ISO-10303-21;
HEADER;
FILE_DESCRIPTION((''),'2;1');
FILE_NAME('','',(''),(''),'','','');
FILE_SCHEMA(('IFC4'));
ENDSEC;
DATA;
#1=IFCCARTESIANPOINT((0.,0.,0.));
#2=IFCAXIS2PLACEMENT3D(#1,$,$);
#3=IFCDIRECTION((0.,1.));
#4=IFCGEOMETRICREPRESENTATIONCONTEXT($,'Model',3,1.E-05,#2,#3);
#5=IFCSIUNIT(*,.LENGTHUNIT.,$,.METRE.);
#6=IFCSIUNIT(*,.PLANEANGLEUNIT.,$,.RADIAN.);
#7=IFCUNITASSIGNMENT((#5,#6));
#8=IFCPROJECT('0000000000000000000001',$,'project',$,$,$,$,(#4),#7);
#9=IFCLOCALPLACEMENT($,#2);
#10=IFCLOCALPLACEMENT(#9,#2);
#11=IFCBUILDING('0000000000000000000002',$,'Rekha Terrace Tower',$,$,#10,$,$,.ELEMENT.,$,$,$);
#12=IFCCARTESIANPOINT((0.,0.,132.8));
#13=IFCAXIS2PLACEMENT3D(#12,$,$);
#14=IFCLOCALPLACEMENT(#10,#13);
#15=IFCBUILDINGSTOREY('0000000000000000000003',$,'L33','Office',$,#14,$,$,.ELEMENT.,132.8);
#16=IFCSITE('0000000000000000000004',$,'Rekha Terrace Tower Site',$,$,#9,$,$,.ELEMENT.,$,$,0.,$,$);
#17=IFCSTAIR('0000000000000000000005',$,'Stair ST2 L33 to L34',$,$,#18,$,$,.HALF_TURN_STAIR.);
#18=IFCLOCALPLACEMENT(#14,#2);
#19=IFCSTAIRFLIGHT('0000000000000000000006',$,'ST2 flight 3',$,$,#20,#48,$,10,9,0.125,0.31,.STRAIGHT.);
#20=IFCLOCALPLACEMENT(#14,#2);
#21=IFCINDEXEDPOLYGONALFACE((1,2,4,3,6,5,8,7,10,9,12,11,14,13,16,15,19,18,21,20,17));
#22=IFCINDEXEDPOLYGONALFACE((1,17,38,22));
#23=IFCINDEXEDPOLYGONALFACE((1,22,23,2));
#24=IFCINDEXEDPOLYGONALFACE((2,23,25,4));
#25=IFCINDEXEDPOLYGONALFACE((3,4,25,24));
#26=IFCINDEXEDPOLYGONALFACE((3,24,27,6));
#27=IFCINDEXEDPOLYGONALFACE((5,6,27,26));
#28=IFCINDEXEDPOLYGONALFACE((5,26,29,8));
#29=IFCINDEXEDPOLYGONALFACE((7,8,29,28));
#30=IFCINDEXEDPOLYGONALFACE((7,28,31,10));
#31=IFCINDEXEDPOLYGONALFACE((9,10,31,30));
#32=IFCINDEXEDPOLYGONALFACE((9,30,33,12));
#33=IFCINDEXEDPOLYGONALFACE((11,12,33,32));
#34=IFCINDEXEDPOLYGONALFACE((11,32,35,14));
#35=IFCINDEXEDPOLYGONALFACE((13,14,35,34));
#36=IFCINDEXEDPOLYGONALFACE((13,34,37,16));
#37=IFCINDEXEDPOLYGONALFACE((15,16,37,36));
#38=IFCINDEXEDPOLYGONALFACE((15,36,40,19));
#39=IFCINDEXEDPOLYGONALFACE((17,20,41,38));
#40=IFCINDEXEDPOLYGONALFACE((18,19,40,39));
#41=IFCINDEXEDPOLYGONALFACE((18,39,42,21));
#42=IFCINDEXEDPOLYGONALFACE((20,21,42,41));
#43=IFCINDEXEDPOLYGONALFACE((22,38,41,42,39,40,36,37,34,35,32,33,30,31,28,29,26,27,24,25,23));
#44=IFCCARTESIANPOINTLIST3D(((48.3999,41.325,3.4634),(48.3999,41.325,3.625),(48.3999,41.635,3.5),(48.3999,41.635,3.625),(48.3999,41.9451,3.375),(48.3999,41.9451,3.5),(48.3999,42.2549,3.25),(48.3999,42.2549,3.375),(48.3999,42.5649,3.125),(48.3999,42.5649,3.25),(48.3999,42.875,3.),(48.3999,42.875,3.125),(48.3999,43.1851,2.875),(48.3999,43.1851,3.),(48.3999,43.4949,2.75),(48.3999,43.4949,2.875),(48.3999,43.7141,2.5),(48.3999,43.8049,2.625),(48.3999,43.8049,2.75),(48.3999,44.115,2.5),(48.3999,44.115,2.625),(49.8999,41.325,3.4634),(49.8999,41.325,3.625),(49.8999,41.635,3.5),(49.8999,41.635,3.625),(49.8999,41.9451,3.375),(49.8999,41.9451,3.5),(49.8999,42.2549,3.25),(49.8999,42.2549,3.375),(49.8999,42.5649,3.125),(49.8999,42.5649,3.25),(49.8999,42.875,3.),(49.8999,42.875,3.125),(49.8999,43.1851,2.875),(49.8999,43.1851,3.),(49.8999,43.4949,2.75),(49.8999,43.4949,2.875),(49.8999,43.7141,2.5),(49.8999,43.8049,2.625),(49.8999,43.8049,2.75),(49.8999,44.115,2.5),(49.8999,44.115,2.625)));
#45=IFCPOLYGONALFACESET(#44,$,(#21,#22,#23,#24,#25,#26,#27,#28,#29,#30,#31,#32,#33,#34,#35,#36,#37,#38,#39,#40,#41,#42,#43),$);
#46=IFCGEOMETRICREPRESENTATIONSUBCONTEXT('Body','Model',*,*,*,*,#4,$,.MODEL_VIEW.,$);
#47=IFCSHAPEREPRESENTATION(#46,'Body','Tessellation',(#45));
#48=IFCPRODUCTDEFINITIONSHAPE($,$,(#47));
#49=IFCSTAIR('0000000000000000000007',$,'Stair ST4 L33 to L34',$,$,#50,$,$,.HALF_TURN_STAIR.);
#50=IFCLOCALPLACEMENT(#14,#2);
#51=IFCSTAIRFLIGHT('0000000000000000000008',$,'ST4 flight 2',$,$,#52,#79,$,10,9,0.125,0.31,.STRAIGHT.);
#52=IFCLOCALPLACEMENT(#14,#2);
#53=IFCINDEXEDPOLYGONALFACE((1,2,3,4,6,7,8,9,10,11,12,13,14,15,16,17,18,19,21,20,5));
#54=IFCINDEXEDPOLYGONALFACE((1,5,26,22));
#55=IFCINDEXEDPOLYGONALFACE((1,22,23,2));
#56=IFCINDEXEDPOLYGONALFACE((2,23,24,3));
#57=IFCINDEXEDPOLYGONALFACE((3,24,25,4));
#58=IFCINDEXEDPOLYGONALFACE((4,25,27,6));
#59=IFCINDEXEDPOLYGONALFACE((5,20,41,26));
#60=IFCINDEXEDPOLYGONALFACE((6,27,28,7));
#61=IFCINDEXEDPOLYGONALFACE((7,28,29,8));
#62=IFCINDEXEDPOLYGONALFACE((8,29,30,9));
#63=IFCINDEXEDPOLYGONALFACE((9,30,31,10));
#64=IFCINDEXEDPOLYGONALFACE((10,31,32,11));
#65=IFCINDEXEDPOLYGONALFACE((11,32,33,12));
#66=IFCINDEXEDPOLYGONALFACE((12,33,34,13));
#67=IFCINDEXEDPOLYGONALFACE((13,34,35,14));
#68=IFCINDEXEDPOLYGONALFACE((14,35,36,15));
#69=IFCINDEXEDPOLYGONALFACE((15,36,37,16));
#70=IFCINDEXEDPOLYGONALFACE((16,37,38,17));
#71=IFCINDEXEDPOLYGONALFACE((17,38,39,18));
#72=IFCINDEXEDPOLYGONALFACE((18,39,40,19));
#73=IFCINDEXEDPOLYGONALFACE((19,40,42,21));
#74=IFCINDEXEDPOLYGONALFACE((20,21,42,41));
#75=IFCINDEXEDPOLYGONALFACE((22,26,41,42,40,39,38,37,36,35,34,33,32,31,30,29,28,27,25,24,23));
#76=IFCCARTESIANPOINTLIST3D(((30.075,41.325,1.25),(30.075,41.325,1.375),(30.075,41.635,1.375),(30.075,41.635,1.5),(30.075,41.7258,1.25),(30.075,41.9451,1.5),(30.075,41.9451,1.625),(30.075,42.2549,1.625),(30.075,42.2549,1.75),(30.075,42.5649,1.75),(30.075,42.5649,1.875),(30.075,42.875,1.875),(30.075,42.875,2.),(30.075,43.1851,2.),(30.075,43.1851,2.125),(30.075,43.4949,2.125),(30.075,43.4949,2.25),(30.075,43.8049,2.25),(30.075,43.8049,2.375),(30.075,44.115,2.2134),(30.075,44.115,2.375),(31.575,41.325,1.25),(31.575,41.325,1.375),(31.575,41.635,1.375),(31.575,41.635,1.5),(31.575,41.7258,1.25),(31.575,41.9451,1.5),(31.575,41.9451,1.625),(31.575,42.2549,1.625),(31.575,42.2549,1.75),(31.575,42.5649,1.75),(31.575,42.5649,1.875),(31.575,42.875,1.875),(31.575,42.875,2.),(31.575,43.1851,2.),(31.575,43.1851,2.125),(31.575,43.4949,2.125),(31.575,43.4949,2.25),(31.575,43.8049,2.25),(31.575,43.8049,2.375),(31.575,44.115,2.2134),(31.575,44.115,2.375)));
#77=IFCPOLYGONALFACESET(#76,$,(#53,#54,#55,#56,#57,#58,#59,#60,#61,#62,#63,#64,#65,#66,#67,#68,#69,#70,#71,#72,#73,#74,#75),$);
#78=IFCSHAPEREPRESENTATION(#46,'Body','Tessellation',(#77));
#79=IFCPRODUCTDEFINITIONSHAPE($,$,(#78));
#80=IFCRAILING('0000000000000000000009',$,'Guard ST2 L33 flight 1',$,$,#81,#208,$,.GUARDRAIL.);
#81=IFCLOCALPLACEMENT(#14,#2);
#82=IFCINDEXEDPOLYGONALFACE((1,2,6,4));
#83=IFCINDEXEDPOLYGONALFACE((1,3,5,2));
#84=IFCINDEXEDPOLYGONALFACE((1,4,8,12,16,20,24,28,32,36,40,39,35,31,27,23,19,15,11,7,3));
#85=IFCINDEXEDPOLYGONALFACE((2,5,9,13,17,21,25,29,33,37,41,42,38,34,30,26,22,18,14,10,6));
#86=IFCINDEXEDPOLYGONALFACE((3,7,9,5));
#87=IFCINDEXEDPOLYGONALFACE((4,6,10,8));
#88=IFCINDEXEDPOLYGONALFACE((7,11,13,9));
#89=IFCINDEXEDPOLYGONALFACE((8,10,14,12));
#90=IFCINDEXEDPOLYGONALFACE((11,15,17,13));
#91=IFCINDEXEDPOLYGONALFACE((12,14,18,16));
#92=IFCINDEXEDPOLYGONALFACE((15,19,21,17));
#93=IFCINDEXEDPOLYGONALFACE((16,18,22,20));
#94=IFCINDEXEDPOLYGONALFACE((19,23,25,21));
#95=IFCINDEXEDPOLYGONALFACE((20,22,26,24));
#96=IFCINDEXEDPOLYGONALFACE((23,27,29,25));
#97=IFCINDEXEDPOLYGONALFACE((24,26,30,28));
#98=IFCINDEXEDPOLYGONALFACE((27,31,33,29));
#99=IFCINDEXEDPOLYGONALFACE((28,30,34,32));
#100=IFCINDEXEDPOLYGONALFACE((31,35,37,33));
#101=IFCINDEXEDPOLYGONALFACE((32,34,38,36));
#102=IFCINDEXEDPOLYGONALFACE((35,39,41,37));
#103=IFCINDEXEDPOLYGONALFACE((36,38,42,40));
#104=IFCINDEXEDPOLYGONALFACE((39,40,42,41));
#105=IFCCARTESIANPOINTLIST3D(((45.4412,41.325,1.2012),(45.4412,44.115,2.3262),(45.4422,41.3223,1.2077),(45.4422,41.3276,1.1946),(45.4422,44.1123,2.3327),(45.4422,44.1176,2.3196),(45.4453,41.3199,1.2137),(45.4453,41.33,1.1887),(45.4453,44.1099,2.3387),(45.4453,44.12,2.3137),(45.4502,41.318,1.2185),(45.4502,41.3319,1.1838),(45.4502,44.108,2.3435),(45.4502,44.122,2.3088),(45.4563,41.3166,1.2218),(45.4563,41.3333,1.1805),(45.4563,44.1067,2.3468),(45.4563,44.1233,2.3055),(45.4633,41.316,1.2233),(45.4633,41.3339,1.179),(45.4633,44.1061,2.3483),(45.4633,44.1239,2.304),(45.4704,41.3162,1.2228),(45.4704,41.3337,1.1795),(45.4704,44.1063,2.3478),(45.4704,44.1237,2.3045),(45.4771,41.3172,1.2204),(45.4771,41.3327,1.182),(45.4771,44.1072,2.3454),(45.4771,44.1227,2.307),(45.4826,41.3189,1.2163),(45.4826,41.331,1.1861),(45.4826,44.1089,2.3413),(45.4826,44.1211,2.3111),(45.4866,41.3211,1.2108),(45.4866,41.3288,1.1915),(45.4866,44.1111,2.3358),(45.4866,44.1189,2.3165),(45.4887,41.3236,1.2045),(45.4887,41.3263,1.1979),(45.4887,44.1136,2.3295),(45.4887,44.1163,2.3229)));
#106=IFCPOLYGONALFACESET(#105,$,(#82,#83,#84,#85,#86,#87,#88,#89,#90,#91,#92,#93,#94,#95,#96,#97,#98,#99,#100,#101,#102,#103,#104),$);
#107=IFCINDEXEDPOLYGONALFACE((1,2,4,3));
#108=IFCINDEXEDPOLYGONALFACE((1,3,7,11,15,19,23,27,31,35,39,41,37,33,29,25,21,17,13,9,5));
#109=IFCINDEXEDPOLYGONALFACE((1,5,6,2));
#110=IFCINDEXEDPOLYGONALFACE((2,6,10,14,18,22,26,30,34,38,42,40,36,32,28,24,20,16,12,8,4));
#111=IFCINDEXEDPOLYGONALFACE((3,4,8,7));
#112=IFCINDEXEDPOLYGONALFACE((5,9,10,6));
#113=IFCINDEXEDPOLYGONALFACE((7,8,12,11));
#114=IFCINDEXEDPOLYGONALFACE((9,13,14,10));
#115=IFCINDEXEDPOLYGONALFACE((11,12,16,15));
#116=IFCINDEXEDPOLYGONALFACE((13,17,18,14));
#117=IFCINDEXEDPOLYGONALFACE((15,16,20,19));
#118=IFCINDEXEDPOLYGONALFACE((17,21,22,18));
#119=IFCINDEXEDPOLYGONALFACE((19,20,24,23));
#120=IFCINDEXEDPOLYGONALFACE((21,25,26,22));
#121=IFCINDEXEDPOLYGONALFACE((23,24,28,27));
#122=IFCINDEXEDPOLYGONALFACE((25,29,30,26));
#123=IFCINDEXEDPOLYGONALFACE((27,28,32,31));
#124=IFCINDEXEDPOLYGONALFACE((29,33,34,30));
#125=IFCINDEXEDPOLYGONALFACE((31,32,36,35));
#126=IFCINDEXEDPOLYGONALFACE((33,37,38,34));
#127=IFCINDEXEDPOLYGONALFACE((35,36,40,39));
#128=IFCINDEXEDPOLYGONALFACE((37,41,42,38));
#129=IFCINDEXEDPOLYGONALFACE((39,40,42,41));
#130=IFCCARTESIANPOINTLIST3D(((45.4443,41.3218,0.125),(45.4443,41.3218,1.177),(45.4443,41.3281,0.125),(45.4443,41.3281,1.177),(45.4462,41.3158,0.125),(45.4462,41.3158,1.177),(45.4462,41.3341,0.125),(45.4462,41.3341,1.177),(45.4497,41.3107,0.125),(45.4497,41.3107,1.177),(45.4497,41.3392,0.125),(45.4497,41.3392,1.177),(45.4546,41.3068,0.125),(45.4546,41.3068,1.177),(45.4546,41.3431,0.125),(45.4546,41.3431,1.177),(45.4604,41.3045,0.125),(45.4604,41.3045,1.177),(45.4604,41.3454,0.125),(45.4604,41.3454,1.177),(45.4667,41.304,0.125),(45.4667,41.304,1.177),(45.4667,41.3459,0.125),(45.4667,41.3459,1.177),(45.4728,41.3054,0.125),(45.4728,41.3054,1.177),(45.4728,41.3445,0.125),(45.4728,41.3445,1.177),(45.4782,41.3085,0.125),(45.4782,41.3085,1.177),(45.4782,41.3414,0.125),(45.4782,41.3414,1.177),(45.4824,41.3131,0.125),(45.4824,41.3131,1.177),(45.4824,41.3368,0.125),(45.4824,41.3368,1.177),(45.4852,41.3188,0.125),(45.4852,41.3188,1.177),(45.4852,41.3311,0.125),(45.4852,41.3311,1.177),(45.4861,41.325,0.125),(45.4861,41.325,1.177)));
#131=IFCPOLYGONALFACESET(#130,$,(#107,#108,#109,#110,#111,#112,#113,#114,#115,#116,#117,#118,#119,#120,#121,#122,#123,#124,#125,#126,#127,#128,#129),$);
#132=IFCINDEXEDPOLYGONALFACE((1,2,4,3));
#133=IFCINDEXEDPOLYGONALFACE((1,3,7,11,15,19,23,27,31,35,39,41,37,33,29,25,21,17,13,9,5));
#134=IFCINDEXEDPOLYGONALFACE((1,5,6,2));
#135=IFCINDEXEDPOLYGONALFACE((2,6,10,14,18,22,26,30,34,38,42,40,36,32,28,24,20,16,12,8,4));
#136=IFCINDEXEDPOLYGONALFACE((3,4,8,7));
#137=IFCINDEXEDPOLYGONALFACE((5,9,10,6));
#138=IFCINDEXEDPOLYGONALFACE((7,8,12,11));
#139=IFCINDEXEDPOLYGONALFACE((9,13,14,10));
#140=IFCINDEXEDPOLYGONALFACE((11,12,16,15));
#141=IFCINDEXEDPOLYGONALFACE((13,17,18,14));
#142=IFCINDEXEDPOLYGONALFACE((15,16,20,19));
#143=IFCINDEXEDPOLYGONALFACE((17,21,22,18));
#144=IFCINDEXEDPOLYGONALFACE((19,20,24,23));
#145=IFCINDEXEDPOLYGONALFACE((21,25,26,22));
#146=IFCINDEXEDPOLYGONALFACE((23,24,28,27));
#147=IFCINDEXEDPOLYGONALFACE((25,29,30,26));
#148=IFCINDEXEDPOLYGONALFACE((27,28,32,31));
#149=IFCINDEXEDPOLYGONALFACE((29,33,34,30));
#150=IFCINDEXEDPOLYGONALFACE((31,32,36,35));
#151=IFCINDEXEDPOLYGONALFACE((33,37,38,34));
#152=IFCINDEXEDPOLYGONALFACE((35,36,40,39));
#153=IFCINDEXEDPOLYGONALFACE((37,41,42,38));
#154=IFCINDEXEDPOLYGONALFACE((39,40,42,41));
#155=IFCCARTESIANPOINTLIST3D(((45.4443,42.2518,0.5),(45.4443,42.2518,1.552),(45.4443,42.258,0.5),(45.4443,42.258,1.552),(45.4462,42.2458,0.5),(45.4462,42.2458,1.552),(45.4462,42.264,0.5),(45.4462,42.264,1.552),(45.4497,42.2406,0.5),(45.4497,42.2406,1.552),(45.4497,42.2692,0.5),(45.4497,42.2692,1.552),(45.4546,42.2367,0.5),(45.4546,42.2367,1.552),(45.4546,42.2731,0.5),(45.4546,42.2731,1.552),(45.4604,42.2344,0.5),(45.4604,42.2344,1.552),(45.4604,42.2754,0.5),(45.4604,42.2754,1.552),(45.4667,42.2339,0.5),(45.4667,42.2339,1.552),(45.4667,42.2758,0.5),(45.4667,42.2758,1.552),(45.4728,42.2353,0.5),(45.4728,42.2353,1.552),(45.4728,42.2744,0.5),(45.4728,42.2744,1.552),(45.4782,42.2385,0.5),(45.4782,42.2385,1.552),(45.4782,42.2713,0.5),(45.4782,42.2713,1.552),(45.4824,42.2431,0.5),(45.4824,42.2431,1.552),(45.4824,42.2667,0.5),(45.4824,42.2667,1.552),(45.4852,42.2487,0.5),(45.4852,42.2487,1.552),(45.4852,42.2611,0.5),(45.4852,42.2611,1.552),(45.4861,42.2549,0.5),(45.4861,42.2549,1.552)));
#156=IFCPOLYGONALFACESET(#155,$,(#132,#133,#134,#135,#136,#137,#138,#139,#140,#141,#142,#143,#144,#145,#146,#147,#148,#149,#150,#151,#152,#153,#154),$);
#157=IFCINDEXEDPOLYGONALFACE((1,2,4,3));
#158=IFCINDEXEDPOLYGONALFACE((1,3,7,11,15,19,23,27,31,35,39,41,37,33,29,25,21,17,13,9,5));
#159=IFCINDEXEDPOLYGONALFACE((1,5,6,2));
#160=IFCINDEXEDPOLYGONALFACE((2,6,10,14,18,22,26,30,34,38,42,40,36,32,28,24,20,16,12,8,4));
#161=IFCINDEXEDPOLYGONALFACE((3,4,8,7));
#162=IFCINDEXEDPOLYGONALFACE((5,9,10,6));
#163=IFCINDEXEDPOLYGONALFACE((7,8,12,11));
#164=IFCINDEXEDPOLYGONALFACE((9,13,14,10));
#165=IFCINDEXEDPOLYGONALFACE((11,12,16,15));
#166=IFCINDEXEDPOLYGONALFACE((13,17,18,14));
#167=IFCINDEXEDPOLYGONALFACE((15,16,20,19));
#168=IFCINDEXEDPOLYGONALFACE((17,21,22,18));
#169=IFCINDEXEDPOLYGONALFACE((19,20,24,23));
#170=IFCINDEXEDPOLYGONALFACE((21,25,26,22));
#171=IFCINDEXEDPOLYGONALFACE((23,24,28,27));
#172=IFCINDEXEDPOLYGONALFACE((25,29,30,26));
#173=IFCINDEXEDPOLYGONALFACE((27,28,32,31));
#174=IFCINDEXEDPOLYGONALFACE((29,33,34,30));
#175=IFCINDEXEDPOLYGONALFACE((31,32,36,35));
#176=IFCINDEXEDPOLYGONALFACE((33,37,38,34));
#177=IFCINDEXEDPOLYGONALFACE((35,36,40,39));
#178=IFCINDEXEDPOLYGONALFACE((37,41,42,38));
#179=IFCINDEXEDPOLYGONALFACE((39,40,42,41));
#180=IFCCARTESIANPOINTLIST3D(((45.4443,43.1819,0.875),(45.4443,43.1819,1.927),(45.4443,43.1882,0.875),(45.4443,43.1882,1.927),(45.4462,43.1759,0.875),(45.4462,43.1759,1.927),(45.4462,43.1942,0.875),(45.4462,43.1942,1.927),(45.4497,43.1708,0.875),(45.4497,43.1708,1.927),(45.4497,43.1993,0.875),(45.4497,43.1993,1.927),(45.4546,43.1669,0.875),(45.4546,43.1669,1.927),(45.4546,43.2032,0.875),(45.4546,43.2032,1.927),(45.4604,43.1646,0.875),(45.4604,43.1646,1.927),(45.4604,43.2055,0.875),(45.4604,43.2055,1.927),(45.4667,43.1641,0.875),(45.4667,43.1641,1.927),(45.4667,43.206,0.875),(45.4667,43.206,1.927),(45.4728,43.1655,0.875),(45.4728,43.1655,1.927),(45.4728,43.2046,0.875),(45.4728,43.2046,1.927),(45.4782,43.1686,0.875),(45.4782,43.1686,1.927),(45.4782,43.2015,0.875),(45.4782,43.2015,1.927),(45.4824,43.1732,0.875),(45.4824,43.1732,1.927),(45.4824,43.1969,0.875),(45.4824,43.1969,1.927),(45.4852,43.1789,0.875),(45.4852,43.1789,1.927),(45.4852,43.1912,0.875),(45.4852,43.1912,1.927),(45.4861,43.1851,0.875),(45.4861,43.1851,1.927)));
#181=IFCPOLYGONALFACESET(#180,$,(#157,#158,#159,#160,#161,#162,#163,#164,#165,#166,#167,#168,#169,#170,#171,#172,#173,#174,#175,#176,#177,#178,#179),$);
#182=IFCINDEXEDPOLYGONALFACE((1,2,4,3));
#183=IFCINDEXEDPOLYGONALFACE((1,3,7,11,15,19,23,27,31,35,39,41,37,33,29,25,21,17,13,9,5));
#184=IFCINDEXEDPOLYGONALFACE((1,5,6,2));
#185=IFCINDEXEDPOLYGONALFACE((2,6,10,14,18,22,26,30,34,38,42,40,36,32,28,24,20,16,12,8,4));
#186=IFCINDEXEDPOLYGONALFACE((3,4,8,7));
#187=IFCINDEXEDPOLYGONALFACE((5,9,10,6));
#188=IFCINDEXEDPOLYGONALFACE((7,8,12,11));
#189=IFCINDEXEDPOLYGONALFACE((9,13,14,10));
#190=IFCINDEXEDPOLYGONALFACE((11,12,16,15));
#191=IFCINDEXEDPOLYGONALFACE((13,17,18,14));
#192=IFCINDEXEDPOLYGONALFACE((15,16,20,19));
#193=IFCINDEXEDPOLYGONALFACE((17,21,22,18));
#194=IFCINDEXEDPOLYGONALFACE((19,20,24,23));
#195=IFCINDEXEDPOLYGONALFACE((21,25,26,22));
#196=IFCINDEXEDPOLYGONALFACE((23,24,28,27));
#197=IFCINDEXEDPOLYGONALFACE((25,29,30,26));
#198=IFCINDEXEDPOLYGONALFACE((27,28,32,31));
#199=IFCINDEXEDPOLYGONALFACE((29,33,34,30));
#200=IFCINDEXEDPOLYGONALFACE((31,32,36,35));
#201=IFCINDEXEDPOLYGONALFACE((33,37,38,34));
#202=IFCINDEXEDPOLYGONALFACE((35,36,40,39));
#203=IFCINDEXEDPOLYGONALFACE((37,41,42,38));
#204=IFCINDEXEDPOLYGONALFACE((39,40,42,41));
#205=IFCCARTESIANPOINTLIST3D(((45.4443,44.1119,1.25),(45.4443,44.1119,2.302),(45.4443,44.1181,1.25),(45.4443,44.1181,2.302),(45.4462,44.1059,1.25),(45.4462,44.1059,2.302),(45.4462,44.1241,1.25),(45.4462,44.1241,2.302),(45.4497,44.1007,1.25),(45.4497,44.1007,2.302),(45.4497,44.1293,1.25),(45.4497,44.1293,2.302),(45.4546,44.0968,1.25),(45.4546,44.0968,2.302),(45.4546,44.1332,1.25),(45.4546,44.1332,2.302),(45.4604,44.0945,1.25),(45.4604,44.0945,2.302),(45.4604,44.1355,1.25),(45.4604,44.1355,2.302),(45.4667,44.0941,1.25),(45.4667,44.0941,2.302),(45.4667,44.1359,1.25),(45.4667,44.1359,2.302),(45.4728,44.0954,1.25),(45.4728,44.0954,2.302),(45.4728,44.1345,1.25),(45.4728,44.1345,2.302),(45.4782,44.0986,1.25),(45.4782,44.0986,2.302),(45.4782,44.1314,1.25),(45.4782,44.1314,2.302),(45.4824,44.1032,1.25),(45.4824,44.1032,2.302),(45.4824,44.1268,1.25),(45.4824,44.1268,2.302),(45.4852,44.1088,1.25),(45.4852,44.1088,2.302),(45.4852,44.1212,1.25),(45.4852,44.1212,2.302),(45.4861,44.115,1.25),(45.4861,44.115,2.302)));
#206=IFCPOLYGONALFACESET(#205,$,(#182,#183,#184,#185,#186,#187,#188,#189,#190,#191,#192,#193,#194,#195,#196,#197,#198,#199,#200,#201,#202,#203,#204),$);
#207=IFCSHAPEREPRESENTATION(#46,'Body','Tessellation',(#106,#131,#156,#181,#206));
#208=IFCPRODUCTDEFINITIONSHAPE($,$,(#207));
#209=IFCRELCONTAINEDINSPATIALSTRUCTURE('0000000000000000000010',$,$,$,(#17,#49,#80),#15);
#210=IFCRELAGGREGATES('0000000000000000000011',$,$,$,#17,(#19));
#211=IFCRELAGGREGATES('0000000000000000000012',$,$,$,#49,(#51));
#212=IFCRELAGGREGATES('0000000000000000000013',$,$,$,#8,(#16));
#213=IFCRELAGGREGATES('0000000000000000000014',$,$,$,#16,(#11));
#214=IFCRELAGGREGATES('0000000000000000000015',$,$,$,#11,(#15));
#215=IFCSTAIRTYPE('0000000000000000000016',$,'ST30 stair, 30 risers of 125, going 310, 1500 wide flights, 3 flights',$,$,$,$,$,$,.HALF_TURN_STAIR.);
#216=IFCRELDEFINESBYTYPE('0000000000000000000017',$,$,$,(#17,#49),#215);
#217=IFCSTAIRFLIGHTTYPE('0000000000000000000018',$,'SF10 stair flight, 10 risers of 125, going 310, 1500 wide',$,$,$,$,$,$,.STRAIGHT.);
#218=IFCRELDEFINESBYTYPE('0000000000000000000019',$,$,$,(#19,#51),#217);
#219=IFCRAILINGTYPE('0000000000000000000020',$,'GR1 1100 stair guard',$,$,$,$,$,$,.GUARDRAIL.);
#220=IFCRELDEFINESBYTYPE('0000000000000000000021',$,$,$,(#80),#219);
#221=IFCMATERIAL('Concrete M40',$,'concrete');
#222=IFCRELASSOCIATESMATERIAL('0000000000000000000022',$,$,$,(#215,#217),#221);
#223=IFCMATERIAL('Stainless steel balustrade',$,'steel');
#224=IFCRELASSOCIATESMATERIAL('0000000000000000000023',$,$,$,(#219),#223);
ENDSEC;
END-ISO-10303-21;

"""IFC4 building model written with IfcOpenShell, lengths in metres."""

from ifc_helpers import new_model, si_unit, direction, frame, origin, origin_2d, place, context, subcontext, project, spatial, polyline, circle, outline, extrude, material, type_object, element, aggregate, save


model = new_model("IFC4")

# Units and contexts
model_context = context("Model", 3, precision=1e-05, world=origin(), true_north=direction((0.0, 1.0)))
body_context = subcontext(model_context, "Body", "Model", "MODEL_VIEW")
ifc_project = project(units=[si_unit("LENGTHUNIT", "METRE"), si_unit("PLANEANGLEUNIT", "RADIAN")], contexts=[model_context])

# Site, building, storey
site_placement = place(None, origin())
site = spatial("IfcSite", under=ifc_project, at=site_placement, Name="Rekha Terrace Tower Site", CompositionType="ELEMENT", RefElevation=0.0)
building_placement = place(site_placement, origin())
building = spatial("IfcBuilding", under=site, at=building_placement, Name="Rekha Terrace Tower", CompositionType="ELEMENT")
storey_placement = place(building_placement, frame((0.0, 0.0, 132.8)))
storey = spatial("IfcBuildingStorey", under=building, at=storey_placement, Name="L33", Description="Office", CompositionType="ELEMENT", Elevation=132.8)

# Stair, stair flight
ifc_material_1 = material(Name="Concrete M40", Category="concrete")
stair_type = type_object("IfcStairType", Name="ST30 stair, 30 risers of 125, going 310, 1500 wide flights, 3 flights", PredefinedType="HALF_TURN_STAIR", material=ifc_material_1)
stair_1_placement = place(storey_placement, origin())
stair_1 = element("IfcStair", 1, at=stair_1_placement, inside=storey, type_object=stair_type, Name="Stair ST2 L33 to L34", PredefinedType="HALF_TURN_STAIR")
stair_flight_type = type_object("IfcStairFlightType", Name="SF10 stair flight, 10 risers of 125, going 310, 1500 wide", PredefinedType="STRAIGHT", material=ifc_material_1)
stair_flight_1_placement = place(storey_placement, frame((49.1499, 44.115, 2.5), z_axis=(0.0, 0.0, 1.0), x_axis=(0.0, -1.0, 0.0)))
stair_flight_1 = element("IfcStairFlight", 2, at=stair_flight_1_placement, type_object=stair_flight_type, Name="ST2 flight 3", NumberOfRisers=10, NumberOfTreads=9, PredefinedType="STRAIGHT", RiserHeight=0.125, TreadLength=0.31, context=body_context, shape_type="SweptSolid", body=[
    extrude(outline(polyline([(0.0, 0.0), (0.0, 0.125), (0.3101, 0.125), (0.3101, 0.25), (0.6201, 0.25), (0.6201, 0.375), (0.9299, 0.375), (0.9299, 0.5), (1.24, 0.5), (1.24, 0.625), (1.55, 0.625), (1.55, 0.75), (1.8601, 0.75), (1.8601, 0.875), (2.1699, 0.875), (2.1699, 1.0), (2.48, 1.0), (2.48, 1.125), (2.79, 1.125), (2.79, 1.25), (2.79, 0.9634), (0.4009, 0.0), (0.0, 0.0)])), frame((0.0, 0.75, 0.0), z_axis=(0.0, -1.0, 0.0), x_axis=(1.0, 0.0, 0.0)), (0.0, 0.0, 1.0), 1.5),
])
aggregate(stair_1, [stair_flight_1])

# Stair, stair flight
stair_2_placement = place(storey_placement, origin())
stair_2 = element("IfcStair", 3, at=stair_2_placement, inside=storey, type_object=stair_type, Name="Stair ST4 L33 to L34", PredefinedType="HALF_TURN_STAIR")
stair_flight_2_placement = place(storey_placement, frame((30.825, 41.325, 1.25), z_axis=(0.0, 0.0, 1.0), x_axis=(0.0, 1.0, 0.0)))
stair_flight_2 = element("IfcStairFlight", 4, at=stair_flight_2_placement, type_object=stair_flight_type, Name="ST4 flight 2", NumberOfRisers=10, NumberOfTreads=9, PredefinedType="STRAIGHT", RiserHeight=0.125, TreadLength=0.31, context=body_context, shape_type="SweptSolid", body=[
    extrude(outline(polyline([(0.0, 0.0), (0.0, 0.125), (0.3101, 0.125), (0.3101, 0.25), (0.6201, 0.25), (0.6201, 0.375), (0.9299, 0.375), (0.9299, 0.5), (1.24, 0.5), (1.24, 0.625), (1.55, 0.625), (1.55, 0.75), (1.8601, 0.75), (1.8601, 0.875), (2.1699, 0.875), (2.1699, 1.0), (2.48, 1.0), (2.48, 1.125), (2.79, 1.125), (2.79, 1.25), (2.79, 0.9634), (0.4009, 0.0), (0.0, 0.0)])), frame((0.0, 0.75, 0.0), z_axis=(0.0, -1.0, 0.0), x_axis=(1.0, 0.0, 0.0)), (0.0, 0.0, 1.0), 1.5),
])
aggregate(stair_2, [stair_flight_2])

# Railing
ifc_material_2 = material(Name="Stainless steel balustrade", Category="steel")
railing_type_1 = type_object("IfcRailingType", Name="GR1 1100 stair guard", PredefinedType="GUARDRAIL", material=ifc_material_2)
railing_1_placement = place(storey_placement, frame((45.4651, 41.325, 0.125)))
element("IfcRailing", 5, at=railing_1_placement, inside=storey, type_object=railing_type_1, Name="Guard ST2 L33 flight 1", PredefinedType="GUARDRAIL", context=body_context, shape_type="SweptSolid", body=[
    extrude(circle(Radius=0.0239, at=origin_2d()), frame((0.0, 0.0, 1.0762), z_axis=(0.0, 0.927443, 0.373964), x_axis=(-1.0, 0.0, 0.0)), (0.0, 0.0, 1.0), 3.0083),
    extrude(circle(Radius=0.021, at=origin_2d()), origin(), (0.0, 0.0, 1.0), 1.052),
    extrude(circle(Radius=0.021, at=origin_2d()), frame((0.0, 0.9299, 0.375)), (0.0, 0.0, 1.0), 1.052),
    extrude(circle(Radius=0.021, at=origin_2d()), frame((0.0, 1.8601, 0.75)), (0.0, 0.0, 1.0), 1.052),
    extrude(circle(Radius=0.021, at=origin_2d()), frame((0.0, 2.79, 1.125)), (0.0, 0.0, 1.0), 1.052),
])

save(model, "model.ifc")
